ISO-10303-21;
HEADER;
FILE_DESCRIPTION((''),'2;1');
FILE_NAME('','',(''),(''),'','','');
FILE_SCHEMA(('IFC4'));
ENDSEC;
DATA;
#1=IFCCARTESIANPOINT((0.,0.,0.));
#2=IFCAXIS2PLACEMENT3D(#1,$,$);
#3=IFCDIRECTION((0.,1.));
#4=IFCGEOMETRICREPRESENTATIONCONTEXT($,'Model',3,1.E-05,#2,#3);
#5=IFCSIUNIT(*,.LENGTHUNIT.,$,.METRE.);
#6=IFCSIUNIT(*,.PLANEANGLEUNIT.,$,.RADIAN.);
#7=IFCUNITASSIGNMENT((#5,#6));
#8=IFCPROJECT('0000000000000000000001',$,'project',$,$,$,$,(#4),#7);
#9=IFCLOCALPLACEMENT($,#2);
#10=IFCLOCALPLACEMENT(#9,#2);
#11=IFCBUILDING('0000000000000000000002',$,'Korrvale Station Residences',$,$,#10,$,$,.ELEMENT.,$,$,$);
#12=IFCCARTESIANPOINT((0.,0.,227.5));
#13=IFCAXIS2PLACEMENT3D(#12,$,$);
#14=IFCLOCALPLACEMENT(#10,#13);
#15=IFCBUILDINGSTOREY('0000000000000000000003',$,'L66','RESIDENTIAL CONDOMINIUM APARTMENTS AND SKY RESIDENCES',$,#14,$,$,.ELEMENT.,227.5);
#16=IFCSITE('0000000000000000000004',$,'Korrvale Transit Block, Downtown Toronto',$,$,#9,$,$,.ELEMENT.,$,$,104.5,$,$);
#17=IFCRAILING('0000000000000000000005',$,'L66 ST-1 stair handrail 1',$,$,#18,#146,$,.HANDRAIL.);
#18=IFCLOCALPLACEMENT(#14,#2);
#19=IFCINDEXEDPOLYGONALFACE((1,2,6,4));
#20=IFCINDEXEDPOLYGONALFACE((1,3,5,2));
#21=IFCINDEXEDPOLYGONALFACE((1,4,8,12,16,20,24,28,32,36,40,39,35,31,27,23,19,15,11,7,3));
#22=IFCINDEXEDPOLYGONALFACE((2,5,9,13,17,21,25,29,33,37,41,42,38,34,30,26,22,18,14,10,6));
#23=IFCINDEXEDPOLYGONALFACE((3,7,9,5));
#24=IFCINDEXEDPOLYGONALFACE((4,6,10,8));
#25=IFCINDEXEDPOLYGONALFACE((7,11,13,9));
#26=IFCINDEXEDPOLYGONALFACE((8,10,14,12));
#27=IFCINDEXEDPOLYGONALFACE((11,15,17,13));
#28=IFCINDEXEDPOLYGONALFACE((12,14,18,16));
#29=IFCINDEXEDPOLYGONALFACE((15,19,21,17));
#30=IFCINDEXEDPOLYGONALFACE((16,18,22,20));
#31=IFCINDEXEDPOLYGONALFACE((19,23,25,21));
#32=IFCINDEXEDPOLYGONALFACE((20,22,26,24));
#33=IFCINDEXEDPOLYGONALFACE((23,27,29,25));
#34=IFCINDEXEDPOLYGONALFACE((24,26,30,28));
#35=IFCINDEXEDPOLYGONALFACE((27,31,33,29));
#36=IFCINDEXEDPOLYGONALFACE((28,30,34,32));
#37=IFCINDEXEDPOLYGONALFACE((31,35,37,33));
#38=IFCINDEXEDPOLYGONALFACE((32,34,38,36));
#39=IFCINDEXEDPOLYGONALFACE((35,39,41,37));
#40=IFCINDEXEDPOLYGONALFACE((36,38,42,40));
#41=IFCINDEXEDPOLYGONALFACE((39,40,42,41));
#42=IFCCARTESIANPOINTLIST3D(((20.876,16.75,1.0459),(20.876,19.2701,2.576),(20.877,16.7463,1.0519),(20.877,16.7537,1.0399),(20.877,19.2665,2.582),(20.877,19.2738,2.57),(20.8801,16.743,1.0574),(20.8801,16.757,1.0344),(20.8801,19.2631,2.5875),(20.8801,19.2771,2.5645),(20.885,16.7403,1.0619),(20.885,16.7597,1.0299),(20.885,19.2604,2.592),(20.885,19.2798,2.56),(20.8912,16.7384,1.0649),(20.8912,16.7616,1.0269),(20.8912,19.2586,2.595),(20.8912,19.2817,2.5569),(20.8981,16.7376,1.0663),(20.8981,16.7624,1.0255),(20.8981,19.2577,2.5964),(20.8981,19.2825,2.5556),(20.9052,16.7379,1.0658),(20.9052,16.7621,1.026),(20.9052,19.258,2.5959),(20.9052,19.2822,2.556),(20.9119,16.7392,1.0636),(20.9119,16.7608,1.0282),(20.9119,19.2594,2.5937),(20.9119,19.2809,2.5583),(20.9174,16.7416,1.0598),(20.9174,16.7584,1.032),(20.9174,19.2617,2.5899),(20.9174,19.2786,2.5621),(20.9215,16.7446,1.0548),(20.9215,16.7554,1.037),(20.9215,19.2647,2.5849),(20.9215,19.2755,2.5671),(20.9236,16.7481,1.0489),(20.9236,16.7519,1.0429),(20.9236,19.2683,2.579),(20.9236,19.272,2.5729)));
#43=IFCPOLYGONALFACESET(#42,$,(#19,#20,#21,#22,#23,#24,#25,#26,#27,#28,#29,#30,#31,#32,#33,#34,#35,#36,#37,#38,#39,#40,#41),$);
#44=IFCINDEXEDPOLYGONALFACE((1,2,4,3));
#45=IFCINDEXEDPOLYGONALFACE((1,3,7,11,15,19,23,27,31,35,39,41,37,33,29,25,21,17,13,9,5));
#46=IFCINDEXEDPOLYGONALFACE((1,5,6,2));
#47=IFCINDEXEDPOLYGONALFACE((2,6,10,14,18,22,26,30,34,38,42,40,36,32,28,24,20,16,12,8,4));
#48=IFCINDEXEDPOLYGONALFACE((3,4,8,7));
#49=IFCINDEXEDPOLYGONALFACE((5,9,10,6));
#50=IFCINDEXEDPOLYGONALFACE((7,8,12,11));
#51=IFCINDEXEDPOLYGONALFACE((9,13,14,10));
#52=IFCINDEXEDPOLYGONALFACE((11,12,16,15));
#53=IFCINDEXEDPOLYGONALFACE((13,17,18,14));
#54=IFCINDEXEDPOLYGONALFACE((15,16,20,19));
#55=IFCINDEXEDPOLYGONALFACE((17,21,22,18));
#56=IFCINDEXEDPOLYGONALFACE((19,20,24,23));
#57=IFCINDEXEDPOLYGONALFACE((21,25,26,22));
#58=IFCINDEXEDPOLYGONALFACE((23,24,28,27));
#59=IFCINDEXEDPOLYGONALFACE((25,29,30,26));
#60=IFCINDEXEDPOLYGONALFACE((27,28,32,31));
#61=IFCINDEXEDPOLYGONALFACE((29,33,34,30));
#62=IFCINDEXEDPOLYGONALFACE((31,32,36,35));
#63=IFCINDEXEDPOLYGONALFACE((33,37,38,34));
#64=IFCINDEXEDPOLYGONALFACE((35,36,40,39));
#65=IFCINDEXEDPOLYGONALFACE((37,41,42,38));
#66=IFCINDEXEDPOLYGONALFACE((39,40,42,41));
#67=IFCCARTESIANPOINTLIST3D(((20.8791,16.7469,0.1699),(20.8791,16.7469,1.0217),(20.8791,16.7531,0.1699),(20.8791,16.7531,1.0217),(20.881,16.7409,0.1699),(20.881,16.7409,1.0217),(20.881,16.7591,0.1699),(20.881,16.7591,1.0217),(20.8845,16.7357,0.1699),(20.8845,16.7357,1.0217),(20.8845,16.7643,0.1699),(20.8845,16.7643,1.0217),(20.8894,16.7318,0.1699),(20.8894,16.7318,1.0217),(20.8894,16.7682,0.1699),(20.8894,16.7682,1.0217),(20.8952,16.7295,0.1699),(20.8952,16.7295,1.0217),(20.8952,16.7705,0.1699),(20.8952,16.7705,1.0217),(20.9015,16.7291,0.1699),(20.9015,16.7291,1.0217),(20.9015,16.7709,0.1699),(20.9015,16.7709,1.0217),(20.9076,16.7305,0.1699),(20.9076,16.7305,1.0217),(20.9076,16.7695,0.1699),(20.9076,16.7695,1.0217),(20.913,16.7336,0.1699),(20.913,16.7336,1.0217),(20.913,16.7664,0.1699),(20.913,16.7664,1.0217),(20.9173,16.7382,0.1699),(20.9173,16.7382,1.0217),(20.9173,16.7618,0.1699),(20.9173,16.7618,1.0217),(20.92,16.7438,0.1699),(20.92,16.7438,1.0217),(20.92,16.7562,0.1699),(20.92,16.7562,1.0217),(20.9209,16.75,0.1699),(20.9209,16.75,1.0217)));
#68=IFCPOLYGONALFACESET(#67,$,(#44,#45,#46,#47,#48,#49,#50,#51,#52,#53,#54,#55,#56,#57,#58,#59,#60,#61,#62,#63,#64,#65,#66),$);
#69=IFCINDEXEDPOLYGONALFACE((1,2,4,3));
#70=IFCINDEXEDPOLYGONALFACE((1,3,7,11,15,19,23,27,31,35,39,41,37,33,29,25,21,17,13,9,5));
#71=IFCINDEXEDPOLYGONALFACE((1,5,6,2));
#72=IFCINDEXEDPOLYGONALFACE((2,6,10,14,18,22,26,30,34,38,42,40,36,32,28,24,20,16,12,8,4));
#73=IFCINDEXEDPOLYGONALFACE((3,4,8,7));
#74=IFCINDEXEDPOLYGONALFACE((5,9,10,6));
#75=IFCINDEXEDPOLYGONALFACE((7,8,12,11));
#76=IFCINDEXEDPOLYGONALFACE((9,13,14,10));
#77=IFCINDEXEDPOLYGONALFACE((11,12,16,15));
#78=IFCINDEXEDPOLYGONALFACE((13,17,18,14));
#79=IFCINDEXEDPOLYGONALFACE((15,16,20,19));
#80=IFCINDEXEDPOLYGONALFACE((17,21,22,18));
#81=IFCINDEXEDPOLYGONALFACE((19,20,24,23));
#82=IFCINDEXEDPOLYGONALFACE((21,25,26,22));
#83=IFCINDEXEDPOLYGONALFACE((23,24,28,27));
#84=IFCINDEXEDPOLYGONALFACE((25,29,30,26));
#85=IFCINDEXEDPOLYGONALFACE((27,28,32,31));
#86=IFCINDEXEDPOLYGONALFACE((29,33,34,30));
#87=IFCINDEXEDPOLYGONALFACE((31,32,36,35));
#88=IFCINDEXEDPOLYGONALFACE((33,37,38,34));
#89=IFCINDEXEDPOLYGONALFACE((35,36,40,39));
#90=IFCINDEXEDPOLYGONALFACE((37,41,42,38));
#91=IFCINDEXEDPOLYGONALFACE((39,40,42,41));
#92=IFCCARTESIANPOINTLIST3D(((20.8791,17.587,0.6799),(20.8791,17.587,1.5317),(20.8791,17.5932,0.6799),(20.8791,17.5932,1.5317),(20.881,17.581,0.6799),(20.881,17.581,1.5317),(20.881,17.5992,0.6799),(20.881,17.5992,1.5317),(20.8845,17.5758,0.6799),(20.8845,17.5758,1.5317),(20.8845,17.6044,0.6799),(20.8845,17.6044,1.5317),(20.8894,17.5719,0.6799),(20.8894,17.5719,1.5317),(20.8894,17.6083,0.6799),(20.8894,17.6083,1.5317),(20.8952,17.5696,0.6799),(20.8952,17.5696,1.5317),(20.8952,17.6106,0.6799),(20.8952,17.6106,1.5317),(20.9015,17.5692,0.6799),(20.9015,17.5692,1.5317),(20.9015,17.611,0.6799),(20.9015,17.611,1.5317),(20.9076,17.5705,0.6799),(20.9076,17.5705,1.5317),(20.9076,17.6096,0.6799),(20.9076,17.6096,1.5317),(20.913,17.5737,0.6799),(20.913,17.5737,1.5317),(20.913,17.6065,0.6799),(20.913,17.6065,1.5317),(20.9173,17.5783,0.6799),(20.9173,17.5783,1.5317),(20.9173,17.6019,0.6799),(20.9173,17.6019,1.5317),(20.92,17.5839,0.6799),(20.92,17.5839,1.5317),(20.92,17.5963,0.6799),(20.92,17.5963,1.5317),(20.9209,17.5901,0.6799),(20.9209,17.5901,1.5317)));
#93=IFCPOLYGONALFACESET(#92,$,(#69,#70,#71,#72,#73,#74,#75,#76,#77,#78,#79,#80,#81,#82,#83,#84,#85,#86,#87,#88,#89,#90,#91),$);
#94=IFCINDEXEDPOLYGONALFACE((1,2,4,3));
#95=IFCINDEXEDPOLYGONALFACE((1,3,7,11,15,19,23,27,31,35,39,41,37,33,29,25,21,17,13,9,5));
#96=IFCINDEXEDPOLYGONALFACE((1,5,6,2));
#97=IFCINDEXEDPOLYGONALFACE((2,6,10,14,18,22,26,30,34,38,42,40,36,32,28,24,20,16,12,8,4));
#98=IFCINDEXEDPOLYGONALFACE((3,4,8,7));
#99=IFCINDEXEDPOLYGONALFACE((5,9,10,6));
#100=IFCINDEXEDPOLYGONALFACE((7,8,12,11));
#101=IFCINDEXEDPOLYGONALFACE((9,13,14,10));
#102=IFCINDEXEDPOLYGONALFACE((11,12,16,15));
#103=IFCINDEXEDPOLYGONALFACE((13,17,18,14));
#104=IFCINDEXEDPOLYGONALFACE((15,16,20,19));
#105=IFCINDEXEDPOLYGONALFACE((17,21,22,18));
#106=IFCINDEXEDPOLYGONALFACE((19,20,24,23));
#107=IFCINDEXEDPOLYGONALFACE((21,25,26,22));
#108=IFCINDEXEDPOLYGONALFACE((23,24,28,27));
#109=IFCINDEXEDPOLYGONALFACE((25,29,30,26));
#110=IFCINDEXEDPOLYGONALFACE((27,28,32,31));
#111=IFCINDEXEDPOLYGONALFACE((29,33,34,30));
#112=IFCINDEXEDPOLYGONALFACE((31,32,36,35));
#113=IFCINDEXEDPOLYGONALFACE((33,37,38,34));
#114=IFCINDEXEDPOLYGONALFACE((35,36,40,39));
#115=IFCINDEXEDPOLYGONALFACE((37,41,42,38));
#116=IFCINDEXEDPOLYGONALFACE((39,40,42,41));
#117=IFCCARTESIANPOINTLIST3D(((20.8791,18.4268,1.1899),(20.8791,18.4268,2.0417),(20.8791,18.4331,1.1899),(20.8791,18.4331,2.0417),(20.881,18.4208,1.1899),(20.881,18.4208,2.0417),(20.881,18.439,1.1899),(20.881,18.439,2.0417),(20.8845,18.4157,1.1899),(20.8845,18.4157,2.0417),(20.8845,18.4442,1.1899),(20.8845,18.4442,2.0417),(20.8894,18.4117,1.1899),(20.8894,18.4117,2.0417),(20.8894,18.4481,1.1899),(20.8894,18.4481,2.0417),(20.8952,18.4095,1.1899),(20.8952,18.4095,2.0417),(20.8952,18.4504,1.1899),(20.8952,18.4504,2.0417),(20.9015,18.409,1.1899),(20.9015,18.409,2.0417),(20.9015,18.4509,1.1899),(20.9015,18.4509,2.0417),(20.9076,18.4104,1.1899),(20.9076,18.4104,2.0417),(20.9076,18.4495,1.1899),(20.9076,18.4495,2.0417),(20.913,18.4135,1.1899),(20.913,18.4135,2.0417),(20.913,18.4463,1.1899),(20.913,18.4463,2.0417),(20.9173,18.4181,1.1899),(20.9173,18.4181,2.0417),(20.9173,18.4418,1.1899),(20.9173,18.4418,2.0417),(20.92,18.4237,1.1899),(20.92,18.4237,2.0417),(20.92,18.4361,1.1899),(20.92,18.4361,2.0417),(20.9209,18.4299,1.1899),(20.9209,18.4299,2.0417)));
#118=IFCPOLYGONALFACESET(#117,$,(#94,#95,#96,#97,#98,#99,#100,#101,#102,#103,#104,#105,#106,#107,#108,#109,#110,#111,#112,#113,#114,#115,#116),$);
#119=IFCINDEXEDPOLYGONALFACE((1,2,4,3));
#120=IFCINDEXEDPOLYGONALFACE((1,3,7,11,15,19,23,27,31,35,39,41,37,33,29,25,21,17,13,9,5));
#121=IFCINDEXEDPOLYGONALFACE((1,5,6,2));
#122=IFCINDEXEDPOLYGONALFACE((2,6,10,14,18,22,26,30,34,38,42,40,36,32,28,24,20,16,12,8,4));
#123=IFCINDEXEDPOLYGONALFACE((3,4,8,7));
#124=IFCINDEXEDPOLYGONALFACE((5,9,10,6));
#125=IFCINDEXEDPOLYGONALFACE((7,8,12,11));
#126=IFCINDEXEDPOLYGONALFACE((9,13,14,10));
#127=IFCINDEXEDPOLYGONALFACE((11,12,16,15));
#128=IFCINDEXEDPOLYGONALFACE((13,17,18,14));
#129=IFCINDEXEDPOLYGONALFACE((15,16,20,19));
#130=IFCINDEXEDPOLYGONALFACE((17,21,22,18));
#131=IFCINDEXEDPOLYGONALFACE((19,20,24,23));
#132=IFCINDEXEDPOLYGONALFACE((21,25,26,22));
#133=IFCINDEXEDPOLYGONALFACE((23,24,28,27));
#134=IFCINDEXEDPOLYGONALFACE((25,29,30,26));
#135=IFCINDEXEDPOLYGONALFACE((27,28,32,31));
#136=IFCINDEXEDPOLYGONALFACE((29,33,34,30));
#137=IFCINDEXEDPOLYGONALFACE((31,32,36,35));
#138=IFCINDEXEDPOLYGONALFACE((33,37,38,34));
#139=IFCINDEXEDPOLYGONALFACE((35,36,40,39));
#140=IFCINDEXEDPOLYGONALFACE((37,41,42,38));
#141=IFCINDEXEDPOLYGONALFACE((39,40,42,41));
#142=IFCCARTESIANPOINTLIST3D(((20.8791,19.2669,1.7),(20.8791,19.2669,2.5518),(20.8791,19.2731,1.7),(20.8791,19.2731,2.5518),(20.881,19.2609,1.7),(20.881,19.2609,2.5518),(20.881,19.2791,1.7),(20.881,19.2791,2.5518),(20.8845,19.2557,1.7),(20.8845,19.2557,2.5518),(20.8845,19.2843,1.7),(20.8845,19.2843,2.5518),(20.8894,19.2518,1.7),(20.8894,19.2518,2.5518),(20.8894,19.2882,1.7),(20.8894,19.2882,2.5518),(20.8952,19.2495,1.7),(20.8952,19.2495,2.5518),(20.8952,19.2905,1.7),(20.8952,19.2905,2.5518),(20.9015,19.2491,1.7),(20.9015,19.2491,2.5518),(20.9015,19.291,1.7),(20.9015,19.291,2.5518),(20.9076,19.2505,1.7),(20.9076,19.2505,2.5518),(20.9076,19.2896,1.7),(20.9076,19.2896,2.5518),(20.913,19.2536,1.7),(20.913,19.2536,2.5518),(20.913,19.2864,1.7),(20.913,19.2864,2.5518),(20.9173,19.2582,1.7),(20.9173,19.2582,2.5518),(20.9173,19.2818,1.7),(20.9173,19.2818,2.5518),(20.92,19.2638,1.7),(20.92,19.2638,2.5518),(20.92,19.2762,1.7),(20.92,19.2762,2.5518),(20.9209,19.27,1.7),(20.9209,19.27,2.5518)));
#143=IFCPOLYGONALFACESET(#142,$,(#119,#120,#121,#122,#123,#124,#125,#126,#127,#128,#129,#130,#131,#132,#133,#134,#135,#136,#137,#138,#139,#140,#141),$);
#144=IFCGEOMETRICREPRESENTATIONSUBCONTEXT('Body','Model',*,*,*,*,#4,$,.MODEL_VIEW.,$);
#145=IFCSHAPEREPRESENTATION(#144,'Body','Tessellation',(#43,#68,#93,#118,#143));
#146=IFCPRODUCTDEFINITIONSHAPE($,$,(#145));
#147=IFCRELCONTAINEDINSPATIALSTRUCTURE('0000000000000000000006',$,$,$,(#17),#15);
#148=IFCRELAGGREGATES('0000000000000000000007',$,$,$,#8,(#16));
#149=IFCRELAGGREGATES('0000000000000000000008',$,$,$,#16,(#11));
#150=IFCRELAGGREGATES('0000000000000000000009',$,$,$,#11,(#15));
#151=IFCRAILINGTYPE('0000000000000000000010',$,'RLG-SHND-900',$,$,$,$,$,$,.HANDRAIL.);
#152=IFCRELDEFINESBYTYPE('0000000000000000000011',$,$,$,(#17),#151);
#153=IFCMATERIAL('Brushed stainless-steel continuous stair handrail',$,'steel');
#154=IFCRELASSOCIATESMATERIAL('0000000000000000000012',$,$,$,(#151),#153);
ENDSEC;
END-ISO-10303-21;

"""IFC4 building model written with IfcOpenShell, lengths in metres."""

from ifc_helpers import new_model, si_unit, direction, frame, origin, origin_2d, place, context, subcontext, project, spatial, circle, extrude, material, type_object, element, save


model = new_model("IFC4")

# Units and contexts
model_context = context("Model", 3, precision=1e-05, world=origin(), true_north=direction((0.0, 1.0)))
body_context = subcontext(model_context, "Body", "Model", "MODEL_VIEW")
ifc_project = project(units=[si_unit("LENGTHUNIT", "METRE"), si_unit("PLANEANGLEUNIT", "RADIAN")], contexts=[model_context])

# Site, building, storey
site_placement = place(None, origin())
site = spatial("IfcSite", under=ifc_project, at=site_placement, Name="Korrvale Transit Block, Downtown Toronto", CompositionType="ELEMENT", RefElevation=104.5)
building_placement = place(site_placement, origin())
building = spatial("IfcBuilding", under=site, at=building_placement, Name="Korrvale Station Residences", CompositionType="ELEMENT")
storey_placement = place(building_placement, frame((0.0, 0.0, 227.5)))
storey = spatial("IfcBuildingStorey", under=building, at=storey_placement, Name="L66", Description="RESIDENTIAL CONDOMINIUM APARTMENTS AND SKY RESIDENCES", CompositionType="ELEMENT", Elevation=227.5)

# Railing
ifc_material_1 = material(Name="Brushed stainless-steel continuous stair handrail", Category="steel")
railing_type_1 = type_object("IfcRailingType", Name="RLG-SHND-900", PredefinedType="HANDRAIL", material=ifc_material_1)
railing_1_placement = place(storey_placement, frame((20.8999, 16.75, 0.1699)))
element("IfcRailing", 1, at=railing_1_placement, inside=storey, type_object=railing_type_1, Name="L66 ST-1 stair handrail 1", PredefinedType="HANDRAIL", context=body_context, shape_type="SweptSolid", body=[
    extrude(circle(Radius=0.0239, at=origin_2d()), frame((0.0, 0.0, 0.876), z_axis=(0.0, 0.854785, 0.518982), x_axis=(-1.0, 0.0, 0.0)), (0.0, 0.0, 1.0), 2.9482),
    extrude(circle(Radius=0.021, at=origin_2d()), origin(), (0.0, 0.0, 1.0), 0.8518),
    extrude(circle(Radius=0.021, at=origin_2d()), frame((0.0, 0.8401, 0.51)), (0.0, 0.0, 1.0), 0.8518),
    extrude(circle(Radius=0.021, at=origin_2d()), frame((0.0, 1.6799, 1.02)), (0.0, 0.0, 1.0), 0.8518),
    extrude(circle(Radius=0.021, at=origin_2d()), frame((0.0, 2.52, 1.53)), (0.0, 0.0, 1.0), 0.8518),
])

save(model, "model.ifc")
